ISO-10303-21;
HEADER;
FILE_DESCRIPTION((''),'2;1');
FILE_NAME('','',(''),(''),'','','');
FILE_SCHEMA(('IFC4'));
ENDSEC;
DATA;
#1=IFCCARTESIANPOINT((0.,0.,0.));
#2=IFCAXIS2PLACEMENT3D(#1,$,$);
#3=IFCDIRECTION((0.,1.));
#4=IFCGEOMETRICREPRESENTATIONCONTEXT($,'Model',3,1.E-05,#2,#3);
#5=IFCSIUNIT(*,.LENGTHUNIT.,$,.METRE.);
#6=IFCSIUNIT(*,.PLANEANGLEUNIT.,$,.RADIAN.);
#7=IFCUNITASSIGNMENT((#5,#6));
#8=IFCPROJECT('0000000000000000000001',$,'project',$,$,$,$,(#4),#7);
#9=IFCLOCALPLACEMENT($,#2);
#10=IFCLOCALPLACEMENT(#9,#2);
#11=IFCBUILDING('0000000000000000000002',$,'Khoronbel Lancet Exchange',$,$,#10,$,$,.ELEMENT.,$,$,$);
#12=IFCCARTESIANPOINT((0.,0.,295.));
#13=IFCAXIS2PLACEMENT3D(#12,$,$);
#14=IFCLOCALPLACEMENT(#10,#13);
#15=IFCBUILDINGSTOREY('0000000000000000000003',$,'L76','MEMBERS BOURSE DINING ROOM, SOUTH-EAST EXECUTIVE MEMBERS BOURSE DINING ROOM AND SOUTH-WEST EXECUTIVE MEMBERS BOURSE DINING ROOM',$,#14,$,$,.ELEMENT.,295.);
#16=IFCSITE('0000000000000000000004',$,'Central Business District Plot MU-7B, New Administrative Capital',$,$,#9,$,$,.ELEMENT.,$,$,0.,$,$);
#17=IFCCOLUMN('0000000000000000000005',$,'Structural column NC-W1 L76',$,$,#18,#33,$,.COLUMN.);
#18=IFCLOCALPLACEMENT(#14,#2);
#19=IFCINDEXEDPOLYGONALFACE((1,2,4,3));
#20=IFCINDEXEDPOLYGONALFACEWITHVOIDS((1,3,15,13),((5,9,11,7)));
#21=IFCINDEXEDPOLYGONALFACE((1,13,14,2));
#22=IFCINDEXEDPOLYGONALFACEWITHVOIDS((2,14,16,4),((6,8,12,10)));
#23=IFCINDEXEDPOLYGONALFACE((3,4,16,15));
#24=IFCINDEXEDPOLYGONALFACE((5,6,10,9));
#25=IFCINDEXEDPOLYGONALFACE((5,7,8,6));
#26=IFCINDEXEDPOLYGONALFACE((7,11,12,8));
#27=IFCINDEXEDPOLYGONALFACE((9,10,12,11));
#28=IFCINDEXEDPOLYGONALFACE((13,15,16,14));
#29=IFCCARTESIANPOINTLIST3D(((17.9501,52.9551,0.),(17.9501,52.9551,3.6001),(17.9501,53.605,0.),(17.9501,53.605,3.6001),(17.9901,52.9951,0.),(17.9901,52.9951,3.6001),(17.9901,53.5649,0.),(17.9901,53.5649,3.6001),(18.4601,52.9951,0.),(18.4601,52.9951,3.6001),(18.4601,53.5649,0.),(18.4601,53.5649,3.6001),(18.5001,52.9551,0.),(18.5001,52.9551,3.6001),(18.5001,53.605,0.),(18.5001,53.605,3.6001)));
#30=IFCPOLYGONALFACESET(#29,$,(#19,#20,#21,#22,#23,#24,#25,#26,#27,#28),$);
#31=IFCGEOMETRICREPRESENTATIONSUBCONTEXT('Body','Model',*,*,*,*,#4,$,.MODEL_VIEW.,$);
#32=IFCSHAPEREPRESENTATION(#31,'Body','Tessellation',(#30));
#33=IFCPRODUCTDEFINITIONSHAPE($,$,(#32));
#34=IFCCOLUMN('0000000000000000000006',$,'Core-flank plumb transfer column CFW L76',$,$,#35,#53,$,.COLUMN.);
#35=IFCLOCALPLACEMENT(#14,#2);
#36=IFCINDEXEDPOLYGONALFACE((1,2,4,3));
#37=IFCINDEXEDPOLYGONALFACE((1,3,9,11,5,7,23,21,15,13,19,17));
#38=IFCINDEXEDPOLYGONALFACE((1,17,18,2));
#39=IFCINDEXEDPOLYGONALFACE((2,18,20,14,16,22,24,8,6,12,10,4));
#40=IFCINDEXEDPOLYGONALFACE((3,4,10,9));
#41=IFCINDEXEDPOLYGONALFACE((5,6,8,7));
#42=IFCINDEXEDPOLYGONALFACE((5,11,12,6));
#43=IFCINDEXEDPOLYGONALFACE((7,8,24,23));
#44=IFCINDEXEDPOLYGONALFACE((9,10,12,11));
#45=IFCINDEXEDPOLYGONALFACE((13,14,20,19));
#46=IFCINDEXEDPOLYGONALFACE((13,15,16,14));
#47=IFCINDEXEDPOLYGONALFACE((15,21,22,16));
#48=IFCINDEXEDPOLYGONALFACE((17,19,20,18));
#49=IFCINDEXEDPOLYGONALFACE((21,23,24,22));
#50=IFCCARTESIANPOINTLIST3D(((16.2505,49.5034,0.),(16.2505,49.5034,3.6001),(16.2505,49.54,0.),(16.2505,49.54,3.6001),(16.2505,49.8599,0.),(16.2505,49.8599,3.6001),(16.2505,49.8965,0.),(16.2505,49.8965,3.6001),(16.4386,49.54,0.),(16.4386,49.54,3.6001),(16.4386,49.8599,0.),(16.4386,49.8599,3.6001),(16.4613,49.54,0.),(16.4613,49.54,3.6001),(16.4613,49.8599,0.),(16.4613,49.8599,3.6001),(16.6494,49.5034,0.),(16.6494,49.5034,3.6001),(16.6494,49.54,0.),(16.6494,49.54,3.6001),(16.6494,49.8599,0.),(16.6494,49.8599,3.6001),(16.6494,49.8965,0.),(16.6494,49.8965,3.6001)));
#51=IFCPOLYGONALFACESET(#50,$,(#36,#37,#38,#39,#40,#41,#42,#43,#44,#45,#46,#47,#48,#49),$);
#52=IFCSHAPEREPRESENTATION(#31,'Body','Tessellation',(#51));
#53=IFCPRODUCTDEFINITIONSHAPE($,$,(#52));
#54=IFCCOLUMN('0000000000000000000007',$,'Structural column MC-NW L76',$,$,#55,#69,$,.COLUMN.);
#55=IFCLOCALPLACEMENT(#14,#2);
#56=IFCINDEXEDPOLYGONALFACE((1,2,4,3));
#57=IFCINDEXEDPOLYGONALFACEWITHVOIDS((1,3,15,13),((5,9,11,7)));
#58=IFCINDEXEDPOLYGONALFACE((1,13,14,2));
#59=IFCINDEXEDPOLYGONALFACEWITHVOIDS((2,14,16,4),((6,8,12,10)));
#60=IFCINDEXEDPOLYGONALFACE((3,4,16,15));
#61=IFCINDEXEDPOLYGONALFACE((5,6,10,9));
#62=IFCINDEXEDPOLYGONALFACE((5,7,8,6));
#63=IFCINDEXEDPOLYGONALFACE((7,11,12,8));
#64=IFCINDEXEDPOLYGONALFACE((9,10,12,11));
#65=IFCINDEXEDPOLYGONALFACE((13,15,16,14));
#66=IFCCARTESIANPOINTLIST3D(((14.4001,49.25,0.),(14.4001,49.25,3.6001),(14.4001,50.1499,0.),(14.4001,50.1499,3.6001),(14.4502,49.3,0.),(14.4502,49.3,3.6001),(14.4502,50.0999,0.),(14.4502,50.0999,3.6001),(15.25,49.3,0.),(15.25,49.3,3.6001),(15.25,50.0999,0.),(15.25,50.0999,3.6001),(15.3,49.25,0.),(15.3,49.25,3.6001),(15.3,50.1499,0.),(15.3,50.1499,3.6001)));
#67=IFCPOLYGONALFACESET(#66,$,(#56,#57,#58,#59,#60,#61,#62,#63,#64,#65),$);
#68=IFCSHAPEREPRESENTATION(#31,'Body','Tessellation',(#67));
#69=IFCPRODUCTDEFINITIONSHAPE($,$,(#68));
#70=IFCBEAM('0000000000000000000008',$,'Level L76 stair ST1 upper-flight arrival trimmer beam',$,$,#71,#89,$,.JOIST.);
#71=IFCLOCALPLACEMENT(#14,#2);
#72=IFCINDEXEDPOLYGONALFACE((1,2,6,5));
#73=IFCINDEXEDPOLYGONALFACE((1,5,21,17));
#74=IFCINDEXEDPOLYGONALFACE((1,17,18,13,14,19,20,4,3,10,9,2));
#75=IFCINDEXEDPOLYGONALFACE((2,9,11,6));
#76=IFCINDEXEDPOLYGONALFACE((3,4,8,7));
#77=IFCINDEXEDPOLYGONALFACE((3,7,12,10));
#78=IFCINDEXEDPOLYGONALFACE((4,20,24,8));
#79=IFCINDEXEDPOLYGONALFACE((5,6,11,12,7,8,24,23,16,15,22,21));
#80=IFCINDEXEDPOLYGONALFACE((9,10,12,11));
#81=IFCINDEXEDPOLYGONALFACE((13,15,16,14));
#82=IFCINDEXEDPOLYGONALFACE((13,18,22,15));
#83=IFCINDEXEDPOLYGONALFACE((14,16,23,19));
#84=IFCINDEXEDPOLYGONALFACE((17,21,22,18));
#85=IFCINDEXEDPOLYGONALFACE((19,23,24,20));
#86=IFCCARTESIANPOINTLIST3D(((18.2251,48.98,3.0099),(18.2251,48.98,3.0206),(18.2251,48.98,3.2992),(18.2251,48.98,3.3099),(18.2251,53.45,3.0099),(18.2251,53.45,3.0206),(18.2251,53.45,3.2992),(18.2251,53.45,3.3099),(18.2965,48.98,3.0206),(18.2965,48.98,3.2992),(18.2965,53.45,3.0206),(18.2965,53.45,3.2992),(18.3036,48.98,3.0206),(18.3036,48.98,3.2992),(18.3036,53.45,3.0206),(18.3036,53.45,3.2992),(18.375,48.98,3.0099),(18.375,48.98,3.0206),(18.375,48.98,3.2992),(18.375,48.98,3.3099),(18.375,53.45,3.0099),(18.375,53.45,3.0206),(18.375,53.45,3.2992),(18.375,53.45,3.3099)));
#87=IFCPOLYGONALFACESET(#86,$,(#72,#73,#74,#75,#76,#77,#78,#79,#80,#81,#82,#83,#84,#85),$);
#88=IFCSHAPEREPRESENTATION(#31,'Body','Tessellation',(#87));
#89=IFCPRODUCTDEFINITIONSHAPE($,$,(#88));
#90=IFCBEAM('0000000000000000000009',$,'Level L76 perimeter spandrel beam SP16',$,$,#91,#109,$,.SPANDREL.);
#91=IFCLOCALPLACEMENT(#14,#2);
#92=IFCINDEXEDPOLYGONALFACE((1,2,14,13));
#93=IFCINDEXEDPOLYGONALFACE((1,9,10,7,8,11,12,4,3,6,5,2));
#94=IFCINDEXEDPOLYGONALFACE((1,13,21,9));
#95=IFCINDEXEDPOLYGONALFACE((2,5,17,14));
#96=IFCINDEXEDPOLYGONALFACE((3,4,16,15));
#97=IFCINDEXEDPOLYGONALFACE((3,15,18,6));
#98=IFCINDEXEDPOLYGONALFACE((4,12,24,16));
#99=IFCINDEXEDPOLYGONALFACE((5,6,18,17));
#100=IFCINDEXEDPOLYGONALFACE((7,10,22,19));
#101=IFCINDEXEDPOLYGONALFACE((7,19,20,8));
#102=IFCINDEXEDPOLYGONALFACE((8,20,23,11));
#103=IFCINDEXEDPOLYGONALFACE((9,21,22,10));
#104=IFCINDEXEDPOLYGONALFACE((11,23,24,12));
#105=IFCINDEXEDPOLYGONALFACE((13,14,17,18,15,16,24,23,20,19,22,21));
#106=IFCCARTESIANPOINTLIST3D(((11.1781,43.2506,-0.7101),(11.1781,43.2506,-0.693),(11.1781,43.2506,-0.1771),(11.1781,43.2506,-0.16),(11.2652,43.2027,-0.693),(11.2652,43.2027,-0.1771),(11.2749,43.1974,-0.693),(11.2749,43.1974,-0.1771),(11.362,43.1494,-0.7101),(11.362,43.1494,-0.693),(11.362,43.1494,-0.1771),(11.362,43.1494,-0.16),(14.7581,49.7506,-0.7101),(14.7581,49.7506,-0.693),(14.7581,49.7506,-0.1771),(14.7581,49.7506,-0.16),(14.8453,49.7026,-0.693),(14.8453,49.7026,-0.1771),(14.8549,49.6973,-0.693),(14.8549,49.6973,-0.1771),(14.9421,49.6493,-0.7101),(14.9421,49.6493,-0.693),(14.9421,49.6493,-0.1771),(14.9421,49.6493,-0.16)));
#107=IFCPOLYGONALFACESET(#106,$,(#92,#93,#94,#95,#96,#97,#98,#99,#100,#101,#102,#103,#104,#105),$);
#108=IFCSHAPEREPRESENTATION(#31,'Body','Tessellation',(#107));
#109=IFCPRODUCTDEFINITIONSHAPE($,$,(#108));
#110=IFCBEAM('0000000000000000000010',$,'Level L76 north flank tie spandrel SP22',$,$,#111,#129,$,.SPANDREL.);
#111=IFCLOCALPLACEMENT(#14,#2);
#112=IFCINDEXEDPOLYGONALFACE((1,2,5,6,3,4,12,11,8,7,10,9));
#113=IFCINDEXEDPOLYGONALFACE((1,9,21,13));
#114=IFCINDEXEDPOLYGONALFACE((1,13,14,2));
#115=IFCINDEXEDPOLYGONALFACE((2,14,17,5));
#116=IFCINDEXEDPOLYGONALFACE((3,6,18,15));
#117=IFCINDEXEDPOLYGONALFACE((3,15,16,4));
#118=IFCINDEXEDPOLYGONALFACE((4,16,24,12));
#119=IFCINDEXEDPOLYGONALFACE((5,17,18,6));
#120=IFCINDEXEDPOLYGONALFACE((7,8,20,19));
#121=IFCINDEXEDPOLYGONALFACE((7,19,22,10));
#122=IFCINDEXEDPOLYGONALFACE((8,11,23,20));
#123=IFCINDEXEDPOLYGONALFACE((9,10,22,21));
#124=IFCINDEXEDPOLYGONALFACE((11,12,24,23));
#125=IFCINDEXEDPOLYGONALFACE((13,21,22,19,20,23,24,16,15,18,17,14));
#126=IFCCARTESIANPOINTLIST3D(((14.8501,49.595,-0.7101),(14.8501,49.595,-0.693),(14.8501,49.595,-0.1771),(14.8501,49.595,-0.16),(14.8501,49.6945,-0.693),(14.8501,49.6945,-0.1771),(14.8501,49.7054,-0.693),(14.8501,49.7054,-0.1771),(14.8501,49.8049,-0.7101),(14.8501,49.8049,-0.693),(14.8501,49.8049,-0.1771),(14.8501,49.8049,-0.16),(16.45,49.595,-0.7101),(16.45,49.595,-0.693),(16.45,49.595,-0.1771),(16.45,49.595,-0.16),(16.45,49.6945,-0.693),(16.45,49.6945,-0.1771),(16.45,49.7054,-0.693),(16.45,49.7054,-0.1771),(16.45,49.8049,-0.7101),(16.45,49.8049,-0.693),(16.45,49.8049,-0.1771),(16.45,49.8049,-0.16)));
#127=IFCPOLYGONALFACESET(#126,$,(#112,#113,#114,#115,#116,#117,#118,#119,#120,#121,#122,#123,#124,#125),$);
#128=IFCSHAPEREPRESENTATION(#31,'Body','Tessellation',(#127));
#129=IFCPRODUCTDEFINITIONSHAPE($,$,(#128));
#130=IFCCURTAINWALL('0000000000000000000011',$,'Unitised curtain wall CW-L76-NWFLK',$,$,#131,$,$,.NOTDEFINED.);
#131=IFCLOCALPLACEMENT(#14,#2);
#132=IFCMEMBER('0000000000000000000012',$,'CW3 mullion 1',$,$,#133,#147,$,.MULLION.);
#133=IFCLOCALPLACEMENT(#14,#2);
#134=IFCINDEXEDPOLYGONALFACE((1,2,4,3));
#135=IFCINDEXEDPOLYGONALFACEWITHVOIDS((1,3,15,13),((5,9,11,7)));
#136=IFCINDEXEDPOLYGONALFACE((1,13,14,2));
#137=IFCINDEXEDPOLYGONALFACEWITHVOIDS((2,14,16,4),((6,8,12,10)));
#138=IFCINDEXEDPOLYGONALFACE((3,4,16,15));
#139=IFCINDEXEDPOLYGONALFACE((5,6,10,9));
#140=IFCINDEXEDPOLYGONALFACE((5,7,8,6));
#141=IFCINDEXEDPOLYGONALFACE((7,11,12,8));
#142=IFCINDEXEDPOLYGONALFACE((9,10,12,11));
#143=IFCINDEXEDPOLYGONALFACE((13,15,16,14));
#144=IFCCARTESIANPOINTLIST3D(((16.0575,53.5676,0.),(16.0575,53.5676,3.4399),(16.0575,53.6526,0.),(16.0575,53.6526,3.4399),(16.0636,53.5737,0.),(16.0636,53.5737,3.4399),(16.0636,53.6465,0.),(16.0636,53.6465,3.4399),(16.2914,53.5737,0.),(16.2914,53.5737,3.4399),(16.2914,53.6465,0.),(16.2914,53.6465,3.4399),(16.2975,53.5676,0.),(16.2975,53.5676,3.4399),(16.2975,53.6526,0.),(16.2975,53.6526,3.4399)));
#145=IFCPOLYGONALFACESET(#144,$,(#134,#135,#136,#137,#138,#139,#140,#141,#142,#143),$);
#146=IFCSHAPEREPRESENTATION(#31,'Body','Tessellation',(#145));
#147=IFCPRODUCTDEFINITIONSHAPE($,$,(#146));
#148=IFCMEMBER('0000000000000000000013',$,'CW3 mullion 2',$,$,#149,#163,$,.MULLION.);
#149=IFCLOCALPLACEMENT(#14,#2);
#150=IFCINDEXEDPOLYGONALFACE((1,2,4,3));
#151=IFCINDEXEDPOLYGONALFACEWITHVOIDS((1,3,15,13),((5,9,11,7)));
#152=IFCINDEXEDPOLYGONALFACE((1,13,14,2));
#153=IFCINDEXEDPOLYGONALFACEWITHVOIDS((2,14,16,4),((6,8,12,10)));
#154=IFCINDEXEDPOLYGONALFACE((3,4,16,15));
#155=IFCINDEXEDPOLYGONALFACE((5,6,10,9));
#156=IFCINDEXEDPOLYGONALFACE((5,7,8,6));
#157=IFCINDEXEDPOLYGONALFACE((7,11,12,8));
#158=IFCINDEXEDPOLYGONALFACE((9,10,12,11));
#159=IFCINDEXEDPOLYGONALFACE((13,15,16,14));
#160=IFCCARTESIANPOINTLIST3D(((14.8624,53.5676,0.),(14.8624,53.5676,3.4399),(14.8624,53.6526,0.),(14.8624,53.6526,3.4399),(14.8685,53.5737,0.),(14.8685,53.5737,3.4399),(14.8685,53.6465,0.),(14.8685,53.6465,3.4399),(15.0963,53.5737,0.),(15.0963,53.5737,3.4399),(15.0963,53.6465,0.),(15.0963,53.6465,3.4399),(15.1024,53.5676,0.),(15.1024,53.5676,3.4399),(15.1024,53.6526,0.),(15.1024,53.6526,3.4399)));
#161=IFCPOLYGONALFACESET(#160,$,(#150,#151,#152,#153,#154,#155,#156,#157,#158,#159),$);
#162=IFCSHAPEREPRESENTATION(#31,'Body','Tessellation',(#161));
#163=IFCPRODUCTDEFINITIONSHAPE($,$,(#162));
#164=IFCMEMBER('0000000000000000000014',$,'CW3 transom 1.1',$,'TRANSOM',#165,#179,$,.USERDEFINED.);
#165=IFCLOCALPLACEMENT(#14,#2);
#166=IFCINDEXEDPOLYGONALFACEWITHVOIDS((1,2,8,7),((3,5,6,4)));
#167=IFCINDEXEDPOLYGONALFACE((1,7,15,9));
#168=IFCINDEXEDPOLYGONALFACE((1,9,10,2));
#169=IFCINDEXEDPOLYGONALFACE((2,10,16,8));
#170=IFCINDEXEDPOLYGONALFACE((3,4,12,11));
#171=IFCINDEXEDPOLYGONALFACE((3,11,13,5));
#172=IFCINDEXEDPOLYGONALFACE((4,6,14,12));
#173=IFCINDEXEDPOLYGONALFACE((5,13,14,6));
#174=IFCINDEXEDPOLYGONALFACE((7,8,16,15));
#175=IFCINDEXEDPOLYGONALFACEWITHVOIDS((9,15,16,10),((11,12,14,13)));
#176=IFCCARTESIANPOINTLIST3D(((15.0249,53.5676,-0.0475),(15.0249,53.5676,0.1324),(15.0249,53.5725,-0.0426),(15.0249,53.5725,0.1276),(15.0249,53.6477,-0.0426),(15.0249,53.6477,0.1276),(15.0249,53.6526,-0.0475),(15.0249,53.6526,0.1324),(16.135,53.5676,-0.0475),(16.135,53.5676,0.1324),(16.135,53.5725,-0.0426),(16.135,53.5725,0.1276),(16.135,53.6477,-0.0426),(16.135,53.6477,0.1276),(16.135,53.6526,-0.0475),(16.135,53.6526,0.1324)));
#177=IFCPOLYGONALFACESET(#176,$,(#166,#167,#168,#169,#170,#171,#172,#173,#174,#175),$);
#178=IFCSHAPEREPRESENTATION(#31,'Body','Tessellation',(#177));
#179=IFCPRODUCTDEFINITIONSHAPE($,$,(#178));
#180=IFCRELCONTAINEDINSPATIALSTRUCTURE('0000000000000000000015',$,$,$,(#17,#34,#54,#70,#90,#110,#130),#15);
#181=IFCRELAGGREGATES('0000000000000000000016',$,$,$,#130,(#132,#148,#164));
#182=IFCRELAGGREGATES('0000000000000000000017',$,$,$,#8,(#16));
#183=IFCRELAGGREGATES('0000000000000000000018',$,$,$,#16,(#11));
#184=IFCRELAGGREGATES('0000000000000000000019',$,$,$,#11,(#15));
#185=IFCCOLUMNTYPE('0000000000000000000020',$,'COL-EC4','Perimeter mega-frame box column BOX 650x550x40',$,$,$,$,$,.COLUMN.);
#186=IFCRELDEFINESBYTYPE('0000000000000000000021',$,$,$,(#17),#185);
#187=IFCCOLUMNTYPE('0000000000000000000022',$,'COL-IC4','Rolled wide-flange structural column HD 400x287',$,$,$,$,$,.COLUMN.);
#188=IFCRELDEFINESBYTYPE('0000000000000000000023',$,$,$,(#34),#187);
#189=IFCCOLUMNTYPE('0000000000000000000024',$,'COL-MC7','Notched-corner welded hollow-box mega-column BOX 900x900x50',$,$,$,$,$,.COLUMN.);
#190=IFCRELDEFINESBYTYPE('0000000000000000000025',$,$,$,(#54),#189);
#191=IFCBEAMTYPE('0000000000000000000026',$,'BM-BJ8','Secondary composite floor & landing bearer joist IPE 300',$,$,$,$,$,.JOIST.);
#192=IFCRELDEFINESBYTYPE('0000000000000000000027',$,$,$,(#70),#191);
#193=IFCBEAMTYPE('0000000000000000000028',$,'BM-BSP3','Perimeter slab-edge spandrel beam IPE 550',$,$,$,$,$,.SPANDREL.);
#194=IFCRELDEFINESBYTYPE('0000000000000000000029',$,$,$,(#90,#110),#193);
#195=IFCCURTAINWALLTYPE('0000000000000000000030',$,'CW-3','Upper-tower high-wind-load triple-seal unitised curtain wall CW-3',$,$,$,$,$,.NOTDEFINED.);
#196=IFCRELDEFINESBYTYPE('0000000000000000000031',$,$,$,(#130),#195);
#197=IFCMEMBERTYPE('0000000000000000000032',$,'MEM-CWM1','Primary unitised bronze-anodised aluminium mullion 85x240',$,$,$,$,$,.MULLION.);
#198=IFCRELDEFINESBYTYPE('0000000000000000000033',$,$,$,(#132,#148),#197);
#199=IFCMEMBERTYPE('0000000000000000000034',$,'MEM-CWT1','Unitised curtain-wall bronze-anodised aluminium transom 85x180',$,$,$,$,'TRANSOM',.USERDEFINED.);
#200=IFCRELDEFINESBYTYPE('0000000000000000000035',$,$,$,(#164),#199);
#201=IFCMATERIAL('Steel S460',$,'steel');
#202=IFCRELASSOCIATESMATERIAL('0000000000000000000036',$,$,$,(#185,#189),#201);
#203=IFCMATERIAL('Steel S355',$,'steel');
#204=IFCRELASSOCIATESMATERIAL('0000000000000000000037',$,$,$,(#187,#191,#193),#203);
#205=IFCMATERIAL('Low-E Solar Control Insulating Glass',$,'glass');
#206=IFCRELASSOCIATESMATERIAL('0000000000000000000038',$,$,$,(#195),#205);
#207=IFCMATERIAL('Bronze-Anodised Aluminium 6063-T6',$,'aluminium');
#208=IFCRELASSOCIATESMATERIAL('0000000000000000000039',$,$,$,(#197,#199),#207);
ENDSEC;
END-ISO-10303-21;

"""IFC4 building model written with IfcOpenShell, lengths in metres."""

from ifc_helpers import new_model, si_unit, direction, frame, origin, origin_2d, place, context, subcontext, project, spatial, hollow_rectangle, i_section, extrude, material, material_profile, profile_set, type_object, element, aggregate, save


model = new_model("IFC4")

# Units and contexts
model_context = context("Model", 3, precision=1e-05, world=origin(), true_north=direction((0.0, 1.0)))
body_context = subcontext(model_context, "Body", "Model", "MODEL_VIEW")
ifc_project = project(units=[si_unit("LENGTHUNIT", "METRE"), si_unit("PLANEANGLEUNIT", "RADIAN")], contexts=[model_context])

# Site, building, storey
site_placement = place(None, origin())
site = spatial("IfcSite", under=ifc_project, at=site_placement, Name="Central Business District Plot MU-7B, New Administrative Capital", CompositionType="ELEMENT", RefElevation=0.0)
building_placement = place(site_placement, origin())
building = spatial("IfcBuilding", under=site, at=building_placement, Name="Khoronbel Lancet Exchange", CompositionType="ELEMENT")
storey_placement = place(building_placement, frame((0.0, 0.0, 295.0)))
storey = spatial("IfcBuildingStorey", under=building, at=storey_placement, Name="L76", Description="MEMBERS BOURSE DINING ROOM, SOUTH-EAST EXECUTIVE MEMBERS BOURSE DINING ROOM AND SOUTH-WEST EXECUTIVE MEMBERS BOURSE DINING ROOM", CompositionType="ELEMENT", Elevation=295.0)

# Columns
ifc_material_1 = material(Name="Steel S460", Category="steel")
ifc_material_profile_1 = material_profile(ifc_material_1, hollow_rectangle(XDim=0.55, YDim=0.6499, WallThickness=0.04, at=origin_2d()), Name="BOX 650x550x40")
ifc_profile_set_1 = profile_set([ifc_material_profile_1], Name="Steel S460")
column_type_1 = type_object("IfcColumnType", Name="COL-EC4", Description="Perimeter mega-frame box column BOX 650x550x40", PredefinedType="COLUMN", material=ifc_profile_set_1)
column_1_placement = place(storey_placement, frame((18.2251, 53.28, 0.0), z_axis=(0.0, 0.0, 1.0), x_axis=(1.0, 0.0, 0.0)))
element("IfcColumn", 1, at=column_1_placement, inside=storey, type_object=column_type_1, Name="Structural column NC-W1 L76", PredefinedType="COLUMN", context=body_context, shape_type="SweptSolid", body=[
    extrude(hollow_rectangle(XDim=0.55, YDim=0.6499, WallThickness=0.04, at=origin_2d()), origin(), (0.0, 0.0, 1.0), 3.6001),
])
ifc_material_2 = material(Name="Steel S355", Category="steel")
ifc_material_profile_2 = material_profile(ifc_material_2, i_section(OverallWidth=0.3989, OverallDepth=0.3931, WebThickness=0.0227, FlangeThickness=0.0366, at=origin_2d()), Name="HD 400x287")
ifc_profile_set_2 = profile_set([ifc_material_profile_2], Name="Steel S355")
column_type_2 = type_object("IfcColumnType", Name="COL-IC4", Description="Rolled wide-flange structural column HD 400x287", PredefinedType="COLUMN", material=ifc_profile_set_2)
column_2_placement = place(storey_placement, frame((16.45, 49.7, 0.0), z_axis=(0.0, 0.0, 1.0), x_axis=(1.0, 0.0, 0.0)))
element("IfcColumn", 2, at=column_2_placement, inside=storey, type_object=column_type_2, Name="Core-flank plumb transfer column CFW L76", PredefinedType="COLUMN", context=body_context, shape_type="SweptSolid", body=[
    extrude(i_section(OverallWidth=0.3989, OverallDepth=0.3931, WebThickness=0.0227, FlangeThickness=0.0366, at=origin_2d()), origin(), (0.0, 0.0, 1.0), 3.6001),
])
ifc_material_profile_3 = material_profile(ifc_material_1, hollow_rectangle(XDim=0.8999, YDim=0.8999, WallThickness=0.05, at=origin_2d()), Name="BOX 900x900x50")
ifc_profile_set_3 = profile_set([ifc_material_profile_3], Name="Steel S460")
column_type_3 = type_object("IfcColumnType", Name="COL-MC7", Description="Notched-corner welded hollow-box mega-column BOX 900x900x50", PredefinedType="COLUMN", material=ifc_profile_set_3)
column_3_placement = place(storey_placement, frame((14.8501, 49.7, 0.0), z_axis=(0.0, 0.0, 1.0), x_axis=(1.0, 0.0, 0.0)))
element("IfcColumn", 3, at=column_3_placement, inside=storey, type_object=column_type_3, Name="Structural column MC-NW L76", PredefinedType="COLUMN", context=body_context, shape_type="SweptSolid", body=[
    extrude(hollow_rectangle(XDim=0.8999, YDim=0.8999, WallThickness=0.05, at=origin_2d()), origin(), (0.0, 0.0, 1.0), 3.6001),
])

# Beams
ifc_material_profile_4 = material_profile(ifc_material_2, i_section(OverallWidth=0.1499, OverallDepth=0.3, WebThickness=0.0071, FlangeThickness=0.0107, at=origin_2d()), Name="IPE 300")
ifc_profile_set_4 = profile_set([ifc_material_profile_4], Name="Steel S355")
beam_type_1 = type_object("IfcBeamType", Name="BM-BJ8", Description="Secondary composite floor & landing bearer joist IPE 300", PredefinedType="JOIST", material=ifc_profile_set_4)
beam_1_placement = place(storey_placement, frame((18.3, 48.98, 3.1599), z_axis=(0.0, 1.0, 0.0), x_axis=(-1.0, 0.0, 0.0)))
element("IfcBeam", 4, at=beam_1_placement, inside=storey, type_object=beam_type_1, Name="Level L76 stair ST1 upper-flight arrival trimmer beam", PredefinedType="JOIST", context=body_context, shape_type="SweptSolid", body=[
    extrude(i_section(OverallWidth=0.1499, OverallDepth=0.3, WebThickness=0.0071, FlangeThickness=0.0107, at=origin_2d()), origin(), (0.0, 0.0, 1.0), 4.47),
])
ifc_material_profile_5 = material_profile(ifc_material_2, i_section(OverallWidth=0.21, OverallDepth=0.55, WebThickness=0.011, FlangeThickness=0.0171, at=origin_2d()), Name="IPE 550")
ifc_profile_set_5 = profile_set([ifc_material_profile_5], Name="Steel S355")
beam_type_2 = type_object("IfcBeamType", Name="BM-BSP3", Description="Perimeter slab-edge spandrel beam IPE 550", PredefinedType="SPANDREL", material=ifc_profile_set_5)
beam_2_placement = place(storey_placement, frame((14.8501, 49.7, -0.4351), z_axis=(-0.482444, -0.875927, 0.0), x_axis=(0.875927, -0.482444, 0.0)))
element("IfcBeam", 5, at=beam_2_placement, inside=storey, type_object=beam_type_2, Name="Level L76 perimeter spandrel beam SP16", PredefinedType="SPANDREL", context=body_context, shape_type="SweptSolid", body=[
    extrude(i_section(OverallWidth=0.21, OverallDepth=0.55, WebThickness=0.011, FlangeThickness=0.0171, at=origin_2d()), origin(), (0.0, 0.0, 1.0), 7.4207),
])
beam_3_placement = place(storey_placement, frame((14.8501, 49.7, -0.4351), z_axis=(1.0, 0.0, 0.0), x_axis=(0.0, 1.0, 0.0)))
element("IfcBeam", 6, at=beam_3_placement, inside=storey, type_object=beam_type_2, Name="Level L76 north flank tie spandrel SP22", PredefinedType="SPANDREL", context=body_context, shape_type="SweptSolid", body=[
    extrude(i_section(OverallWidth=0.21, OverallDepth=0.55, WebThickness=0.011, FlangeThickness=0.0171, at=origin_2d()), origin(), (0.0, 0.0, 1.0), 1.5999),
])

# Curtain wall, members
ifc_material_3 = material(Name="Low-E Solar Control Insulating Glass", Category="glass")
curtain_wall_type = type_object("IfcCurtainWallType", Name="CW-3", Description="Upper-tower high-wind-load triple-seal unitised curtain wall CW-3", PredefinedType="NOTDEFINED", material=ifc_material_3)
curtain_wall_placement = place(storey_placement, origin())
curtain_wall = element("IfcCurtainWall", 7, at=curtain_wall_placement, inside=storey, type_object=curtain_wall_type, Name="Unitised curtain wall CW-L76-NWFLK", PredefinedType="NOTDEFINED")
ifc_material_4 = material(Name="Bronze-Anodised Aluminium 6063-T6", Category="aluminium")
ifc_material_profile_6 = material_profile(ifc_material_4, hollow_rectangle(XDim=0.085, YDim=0.24, WallThickness=0.0061, at=origin_2d()), Name="ALU MULLION 85x240")
ifc_profile_set_6 = profile_set([ifc_material_profile_6], Name="Bronze-Anodised Aluminium 6063-T6")
member_type_1 = type_object("IfcMemberType", Name="MEM-CWM1", Description="Primary unitised bronze-anodised aluminium mullion 85x240", PredefinedType="MULLION", material=ifc_profile_set_6)
member_1_placement = place(storey_placement, frame((16.1775, 53.6101, 0.0), z_axis=(0.0, 0.0, 1.0), x_axis=(0.0, -1.0, 0.0)))
member_1 = element("IfcMember", 8, at=member_1_placement, type_object=member_type_1, Name="CW3 mullion 1", PredefinedType="MULLION", context=body_context, shape_type="SweptSolid", body=[
    extrude(hollow_rectangle(XDim=0.085, YDim=0.24, WallThickness=0.0061, at=origin_2d()), origin(), (0.0, 0.0, 1.0), 3.4399),
])
member_2_placement = place(storey_placement, frame((14.9824, 53.6101, 0.0), z_axis=(0.0, 0.0, 1.0), x_axis=(0.0, -1.0, 0.0)))
member_2 = element("IfcMember", 9, at=member_2_placement, type_object=member_type_1, Name="CW3 mullion 2", PredefinedType="MULLION", context=body_context, shape_type="SweptSolid", body=[
    extrude(hollow_rectangle(XDim=0.085, YDim=0.24, WallThickness=0.0061, at=origin_2d()), origin(), (0.0, 0.0, 1.0), 3.4399),
])
ifc_material_profile_7 = material_profile(ifc_material_4, hollow_rectangle(XDim=0.085, YDim=0.1799, WallThickness=0.0049, at=origin_2d()), Name="ALU TRANSOM 85x180")
ifc_profile_set_7 = profile_set([ifc_material_profile_7], Name="Bronze-Anodised Aluminium 6063-T6")
member_type_2 = type_object("IfcMemberType", Name="MEM-CWT1", Description="Unitised curtain-wall bronze-anodised aluminium transom 85x180", ElementType="TRANSOM", PredefinedType="USERDEFINED", material=ifc_profile_set_7)
member_3_placement = place(storey_placement, frame((16.135, 53.6101, 0.0425), z_axis=(-1.0, 0.0, 0.0), x_axis=(0.0, -1.0, 0.0)))
member_3 = element("IfcMember", 10, at=member_3_placement, type_object=member_type_2, Name="CW3 transom 1.1", ObjectType="TRANSOM", PredefinedType="USERDEFINED", context=body_context, shape_type="SweptSolid", body=[
    extrude(hollow_rectangle(XDim=0.085, YDim=0.1799, WallThickness=0.0049, at=origin_2d()), origin(), (0.0, 0.0, 1.0), 1.1101),
])
aggregate(curtain_wall, [member_1, member_2, member_3])

save(model, "model.ifc")
